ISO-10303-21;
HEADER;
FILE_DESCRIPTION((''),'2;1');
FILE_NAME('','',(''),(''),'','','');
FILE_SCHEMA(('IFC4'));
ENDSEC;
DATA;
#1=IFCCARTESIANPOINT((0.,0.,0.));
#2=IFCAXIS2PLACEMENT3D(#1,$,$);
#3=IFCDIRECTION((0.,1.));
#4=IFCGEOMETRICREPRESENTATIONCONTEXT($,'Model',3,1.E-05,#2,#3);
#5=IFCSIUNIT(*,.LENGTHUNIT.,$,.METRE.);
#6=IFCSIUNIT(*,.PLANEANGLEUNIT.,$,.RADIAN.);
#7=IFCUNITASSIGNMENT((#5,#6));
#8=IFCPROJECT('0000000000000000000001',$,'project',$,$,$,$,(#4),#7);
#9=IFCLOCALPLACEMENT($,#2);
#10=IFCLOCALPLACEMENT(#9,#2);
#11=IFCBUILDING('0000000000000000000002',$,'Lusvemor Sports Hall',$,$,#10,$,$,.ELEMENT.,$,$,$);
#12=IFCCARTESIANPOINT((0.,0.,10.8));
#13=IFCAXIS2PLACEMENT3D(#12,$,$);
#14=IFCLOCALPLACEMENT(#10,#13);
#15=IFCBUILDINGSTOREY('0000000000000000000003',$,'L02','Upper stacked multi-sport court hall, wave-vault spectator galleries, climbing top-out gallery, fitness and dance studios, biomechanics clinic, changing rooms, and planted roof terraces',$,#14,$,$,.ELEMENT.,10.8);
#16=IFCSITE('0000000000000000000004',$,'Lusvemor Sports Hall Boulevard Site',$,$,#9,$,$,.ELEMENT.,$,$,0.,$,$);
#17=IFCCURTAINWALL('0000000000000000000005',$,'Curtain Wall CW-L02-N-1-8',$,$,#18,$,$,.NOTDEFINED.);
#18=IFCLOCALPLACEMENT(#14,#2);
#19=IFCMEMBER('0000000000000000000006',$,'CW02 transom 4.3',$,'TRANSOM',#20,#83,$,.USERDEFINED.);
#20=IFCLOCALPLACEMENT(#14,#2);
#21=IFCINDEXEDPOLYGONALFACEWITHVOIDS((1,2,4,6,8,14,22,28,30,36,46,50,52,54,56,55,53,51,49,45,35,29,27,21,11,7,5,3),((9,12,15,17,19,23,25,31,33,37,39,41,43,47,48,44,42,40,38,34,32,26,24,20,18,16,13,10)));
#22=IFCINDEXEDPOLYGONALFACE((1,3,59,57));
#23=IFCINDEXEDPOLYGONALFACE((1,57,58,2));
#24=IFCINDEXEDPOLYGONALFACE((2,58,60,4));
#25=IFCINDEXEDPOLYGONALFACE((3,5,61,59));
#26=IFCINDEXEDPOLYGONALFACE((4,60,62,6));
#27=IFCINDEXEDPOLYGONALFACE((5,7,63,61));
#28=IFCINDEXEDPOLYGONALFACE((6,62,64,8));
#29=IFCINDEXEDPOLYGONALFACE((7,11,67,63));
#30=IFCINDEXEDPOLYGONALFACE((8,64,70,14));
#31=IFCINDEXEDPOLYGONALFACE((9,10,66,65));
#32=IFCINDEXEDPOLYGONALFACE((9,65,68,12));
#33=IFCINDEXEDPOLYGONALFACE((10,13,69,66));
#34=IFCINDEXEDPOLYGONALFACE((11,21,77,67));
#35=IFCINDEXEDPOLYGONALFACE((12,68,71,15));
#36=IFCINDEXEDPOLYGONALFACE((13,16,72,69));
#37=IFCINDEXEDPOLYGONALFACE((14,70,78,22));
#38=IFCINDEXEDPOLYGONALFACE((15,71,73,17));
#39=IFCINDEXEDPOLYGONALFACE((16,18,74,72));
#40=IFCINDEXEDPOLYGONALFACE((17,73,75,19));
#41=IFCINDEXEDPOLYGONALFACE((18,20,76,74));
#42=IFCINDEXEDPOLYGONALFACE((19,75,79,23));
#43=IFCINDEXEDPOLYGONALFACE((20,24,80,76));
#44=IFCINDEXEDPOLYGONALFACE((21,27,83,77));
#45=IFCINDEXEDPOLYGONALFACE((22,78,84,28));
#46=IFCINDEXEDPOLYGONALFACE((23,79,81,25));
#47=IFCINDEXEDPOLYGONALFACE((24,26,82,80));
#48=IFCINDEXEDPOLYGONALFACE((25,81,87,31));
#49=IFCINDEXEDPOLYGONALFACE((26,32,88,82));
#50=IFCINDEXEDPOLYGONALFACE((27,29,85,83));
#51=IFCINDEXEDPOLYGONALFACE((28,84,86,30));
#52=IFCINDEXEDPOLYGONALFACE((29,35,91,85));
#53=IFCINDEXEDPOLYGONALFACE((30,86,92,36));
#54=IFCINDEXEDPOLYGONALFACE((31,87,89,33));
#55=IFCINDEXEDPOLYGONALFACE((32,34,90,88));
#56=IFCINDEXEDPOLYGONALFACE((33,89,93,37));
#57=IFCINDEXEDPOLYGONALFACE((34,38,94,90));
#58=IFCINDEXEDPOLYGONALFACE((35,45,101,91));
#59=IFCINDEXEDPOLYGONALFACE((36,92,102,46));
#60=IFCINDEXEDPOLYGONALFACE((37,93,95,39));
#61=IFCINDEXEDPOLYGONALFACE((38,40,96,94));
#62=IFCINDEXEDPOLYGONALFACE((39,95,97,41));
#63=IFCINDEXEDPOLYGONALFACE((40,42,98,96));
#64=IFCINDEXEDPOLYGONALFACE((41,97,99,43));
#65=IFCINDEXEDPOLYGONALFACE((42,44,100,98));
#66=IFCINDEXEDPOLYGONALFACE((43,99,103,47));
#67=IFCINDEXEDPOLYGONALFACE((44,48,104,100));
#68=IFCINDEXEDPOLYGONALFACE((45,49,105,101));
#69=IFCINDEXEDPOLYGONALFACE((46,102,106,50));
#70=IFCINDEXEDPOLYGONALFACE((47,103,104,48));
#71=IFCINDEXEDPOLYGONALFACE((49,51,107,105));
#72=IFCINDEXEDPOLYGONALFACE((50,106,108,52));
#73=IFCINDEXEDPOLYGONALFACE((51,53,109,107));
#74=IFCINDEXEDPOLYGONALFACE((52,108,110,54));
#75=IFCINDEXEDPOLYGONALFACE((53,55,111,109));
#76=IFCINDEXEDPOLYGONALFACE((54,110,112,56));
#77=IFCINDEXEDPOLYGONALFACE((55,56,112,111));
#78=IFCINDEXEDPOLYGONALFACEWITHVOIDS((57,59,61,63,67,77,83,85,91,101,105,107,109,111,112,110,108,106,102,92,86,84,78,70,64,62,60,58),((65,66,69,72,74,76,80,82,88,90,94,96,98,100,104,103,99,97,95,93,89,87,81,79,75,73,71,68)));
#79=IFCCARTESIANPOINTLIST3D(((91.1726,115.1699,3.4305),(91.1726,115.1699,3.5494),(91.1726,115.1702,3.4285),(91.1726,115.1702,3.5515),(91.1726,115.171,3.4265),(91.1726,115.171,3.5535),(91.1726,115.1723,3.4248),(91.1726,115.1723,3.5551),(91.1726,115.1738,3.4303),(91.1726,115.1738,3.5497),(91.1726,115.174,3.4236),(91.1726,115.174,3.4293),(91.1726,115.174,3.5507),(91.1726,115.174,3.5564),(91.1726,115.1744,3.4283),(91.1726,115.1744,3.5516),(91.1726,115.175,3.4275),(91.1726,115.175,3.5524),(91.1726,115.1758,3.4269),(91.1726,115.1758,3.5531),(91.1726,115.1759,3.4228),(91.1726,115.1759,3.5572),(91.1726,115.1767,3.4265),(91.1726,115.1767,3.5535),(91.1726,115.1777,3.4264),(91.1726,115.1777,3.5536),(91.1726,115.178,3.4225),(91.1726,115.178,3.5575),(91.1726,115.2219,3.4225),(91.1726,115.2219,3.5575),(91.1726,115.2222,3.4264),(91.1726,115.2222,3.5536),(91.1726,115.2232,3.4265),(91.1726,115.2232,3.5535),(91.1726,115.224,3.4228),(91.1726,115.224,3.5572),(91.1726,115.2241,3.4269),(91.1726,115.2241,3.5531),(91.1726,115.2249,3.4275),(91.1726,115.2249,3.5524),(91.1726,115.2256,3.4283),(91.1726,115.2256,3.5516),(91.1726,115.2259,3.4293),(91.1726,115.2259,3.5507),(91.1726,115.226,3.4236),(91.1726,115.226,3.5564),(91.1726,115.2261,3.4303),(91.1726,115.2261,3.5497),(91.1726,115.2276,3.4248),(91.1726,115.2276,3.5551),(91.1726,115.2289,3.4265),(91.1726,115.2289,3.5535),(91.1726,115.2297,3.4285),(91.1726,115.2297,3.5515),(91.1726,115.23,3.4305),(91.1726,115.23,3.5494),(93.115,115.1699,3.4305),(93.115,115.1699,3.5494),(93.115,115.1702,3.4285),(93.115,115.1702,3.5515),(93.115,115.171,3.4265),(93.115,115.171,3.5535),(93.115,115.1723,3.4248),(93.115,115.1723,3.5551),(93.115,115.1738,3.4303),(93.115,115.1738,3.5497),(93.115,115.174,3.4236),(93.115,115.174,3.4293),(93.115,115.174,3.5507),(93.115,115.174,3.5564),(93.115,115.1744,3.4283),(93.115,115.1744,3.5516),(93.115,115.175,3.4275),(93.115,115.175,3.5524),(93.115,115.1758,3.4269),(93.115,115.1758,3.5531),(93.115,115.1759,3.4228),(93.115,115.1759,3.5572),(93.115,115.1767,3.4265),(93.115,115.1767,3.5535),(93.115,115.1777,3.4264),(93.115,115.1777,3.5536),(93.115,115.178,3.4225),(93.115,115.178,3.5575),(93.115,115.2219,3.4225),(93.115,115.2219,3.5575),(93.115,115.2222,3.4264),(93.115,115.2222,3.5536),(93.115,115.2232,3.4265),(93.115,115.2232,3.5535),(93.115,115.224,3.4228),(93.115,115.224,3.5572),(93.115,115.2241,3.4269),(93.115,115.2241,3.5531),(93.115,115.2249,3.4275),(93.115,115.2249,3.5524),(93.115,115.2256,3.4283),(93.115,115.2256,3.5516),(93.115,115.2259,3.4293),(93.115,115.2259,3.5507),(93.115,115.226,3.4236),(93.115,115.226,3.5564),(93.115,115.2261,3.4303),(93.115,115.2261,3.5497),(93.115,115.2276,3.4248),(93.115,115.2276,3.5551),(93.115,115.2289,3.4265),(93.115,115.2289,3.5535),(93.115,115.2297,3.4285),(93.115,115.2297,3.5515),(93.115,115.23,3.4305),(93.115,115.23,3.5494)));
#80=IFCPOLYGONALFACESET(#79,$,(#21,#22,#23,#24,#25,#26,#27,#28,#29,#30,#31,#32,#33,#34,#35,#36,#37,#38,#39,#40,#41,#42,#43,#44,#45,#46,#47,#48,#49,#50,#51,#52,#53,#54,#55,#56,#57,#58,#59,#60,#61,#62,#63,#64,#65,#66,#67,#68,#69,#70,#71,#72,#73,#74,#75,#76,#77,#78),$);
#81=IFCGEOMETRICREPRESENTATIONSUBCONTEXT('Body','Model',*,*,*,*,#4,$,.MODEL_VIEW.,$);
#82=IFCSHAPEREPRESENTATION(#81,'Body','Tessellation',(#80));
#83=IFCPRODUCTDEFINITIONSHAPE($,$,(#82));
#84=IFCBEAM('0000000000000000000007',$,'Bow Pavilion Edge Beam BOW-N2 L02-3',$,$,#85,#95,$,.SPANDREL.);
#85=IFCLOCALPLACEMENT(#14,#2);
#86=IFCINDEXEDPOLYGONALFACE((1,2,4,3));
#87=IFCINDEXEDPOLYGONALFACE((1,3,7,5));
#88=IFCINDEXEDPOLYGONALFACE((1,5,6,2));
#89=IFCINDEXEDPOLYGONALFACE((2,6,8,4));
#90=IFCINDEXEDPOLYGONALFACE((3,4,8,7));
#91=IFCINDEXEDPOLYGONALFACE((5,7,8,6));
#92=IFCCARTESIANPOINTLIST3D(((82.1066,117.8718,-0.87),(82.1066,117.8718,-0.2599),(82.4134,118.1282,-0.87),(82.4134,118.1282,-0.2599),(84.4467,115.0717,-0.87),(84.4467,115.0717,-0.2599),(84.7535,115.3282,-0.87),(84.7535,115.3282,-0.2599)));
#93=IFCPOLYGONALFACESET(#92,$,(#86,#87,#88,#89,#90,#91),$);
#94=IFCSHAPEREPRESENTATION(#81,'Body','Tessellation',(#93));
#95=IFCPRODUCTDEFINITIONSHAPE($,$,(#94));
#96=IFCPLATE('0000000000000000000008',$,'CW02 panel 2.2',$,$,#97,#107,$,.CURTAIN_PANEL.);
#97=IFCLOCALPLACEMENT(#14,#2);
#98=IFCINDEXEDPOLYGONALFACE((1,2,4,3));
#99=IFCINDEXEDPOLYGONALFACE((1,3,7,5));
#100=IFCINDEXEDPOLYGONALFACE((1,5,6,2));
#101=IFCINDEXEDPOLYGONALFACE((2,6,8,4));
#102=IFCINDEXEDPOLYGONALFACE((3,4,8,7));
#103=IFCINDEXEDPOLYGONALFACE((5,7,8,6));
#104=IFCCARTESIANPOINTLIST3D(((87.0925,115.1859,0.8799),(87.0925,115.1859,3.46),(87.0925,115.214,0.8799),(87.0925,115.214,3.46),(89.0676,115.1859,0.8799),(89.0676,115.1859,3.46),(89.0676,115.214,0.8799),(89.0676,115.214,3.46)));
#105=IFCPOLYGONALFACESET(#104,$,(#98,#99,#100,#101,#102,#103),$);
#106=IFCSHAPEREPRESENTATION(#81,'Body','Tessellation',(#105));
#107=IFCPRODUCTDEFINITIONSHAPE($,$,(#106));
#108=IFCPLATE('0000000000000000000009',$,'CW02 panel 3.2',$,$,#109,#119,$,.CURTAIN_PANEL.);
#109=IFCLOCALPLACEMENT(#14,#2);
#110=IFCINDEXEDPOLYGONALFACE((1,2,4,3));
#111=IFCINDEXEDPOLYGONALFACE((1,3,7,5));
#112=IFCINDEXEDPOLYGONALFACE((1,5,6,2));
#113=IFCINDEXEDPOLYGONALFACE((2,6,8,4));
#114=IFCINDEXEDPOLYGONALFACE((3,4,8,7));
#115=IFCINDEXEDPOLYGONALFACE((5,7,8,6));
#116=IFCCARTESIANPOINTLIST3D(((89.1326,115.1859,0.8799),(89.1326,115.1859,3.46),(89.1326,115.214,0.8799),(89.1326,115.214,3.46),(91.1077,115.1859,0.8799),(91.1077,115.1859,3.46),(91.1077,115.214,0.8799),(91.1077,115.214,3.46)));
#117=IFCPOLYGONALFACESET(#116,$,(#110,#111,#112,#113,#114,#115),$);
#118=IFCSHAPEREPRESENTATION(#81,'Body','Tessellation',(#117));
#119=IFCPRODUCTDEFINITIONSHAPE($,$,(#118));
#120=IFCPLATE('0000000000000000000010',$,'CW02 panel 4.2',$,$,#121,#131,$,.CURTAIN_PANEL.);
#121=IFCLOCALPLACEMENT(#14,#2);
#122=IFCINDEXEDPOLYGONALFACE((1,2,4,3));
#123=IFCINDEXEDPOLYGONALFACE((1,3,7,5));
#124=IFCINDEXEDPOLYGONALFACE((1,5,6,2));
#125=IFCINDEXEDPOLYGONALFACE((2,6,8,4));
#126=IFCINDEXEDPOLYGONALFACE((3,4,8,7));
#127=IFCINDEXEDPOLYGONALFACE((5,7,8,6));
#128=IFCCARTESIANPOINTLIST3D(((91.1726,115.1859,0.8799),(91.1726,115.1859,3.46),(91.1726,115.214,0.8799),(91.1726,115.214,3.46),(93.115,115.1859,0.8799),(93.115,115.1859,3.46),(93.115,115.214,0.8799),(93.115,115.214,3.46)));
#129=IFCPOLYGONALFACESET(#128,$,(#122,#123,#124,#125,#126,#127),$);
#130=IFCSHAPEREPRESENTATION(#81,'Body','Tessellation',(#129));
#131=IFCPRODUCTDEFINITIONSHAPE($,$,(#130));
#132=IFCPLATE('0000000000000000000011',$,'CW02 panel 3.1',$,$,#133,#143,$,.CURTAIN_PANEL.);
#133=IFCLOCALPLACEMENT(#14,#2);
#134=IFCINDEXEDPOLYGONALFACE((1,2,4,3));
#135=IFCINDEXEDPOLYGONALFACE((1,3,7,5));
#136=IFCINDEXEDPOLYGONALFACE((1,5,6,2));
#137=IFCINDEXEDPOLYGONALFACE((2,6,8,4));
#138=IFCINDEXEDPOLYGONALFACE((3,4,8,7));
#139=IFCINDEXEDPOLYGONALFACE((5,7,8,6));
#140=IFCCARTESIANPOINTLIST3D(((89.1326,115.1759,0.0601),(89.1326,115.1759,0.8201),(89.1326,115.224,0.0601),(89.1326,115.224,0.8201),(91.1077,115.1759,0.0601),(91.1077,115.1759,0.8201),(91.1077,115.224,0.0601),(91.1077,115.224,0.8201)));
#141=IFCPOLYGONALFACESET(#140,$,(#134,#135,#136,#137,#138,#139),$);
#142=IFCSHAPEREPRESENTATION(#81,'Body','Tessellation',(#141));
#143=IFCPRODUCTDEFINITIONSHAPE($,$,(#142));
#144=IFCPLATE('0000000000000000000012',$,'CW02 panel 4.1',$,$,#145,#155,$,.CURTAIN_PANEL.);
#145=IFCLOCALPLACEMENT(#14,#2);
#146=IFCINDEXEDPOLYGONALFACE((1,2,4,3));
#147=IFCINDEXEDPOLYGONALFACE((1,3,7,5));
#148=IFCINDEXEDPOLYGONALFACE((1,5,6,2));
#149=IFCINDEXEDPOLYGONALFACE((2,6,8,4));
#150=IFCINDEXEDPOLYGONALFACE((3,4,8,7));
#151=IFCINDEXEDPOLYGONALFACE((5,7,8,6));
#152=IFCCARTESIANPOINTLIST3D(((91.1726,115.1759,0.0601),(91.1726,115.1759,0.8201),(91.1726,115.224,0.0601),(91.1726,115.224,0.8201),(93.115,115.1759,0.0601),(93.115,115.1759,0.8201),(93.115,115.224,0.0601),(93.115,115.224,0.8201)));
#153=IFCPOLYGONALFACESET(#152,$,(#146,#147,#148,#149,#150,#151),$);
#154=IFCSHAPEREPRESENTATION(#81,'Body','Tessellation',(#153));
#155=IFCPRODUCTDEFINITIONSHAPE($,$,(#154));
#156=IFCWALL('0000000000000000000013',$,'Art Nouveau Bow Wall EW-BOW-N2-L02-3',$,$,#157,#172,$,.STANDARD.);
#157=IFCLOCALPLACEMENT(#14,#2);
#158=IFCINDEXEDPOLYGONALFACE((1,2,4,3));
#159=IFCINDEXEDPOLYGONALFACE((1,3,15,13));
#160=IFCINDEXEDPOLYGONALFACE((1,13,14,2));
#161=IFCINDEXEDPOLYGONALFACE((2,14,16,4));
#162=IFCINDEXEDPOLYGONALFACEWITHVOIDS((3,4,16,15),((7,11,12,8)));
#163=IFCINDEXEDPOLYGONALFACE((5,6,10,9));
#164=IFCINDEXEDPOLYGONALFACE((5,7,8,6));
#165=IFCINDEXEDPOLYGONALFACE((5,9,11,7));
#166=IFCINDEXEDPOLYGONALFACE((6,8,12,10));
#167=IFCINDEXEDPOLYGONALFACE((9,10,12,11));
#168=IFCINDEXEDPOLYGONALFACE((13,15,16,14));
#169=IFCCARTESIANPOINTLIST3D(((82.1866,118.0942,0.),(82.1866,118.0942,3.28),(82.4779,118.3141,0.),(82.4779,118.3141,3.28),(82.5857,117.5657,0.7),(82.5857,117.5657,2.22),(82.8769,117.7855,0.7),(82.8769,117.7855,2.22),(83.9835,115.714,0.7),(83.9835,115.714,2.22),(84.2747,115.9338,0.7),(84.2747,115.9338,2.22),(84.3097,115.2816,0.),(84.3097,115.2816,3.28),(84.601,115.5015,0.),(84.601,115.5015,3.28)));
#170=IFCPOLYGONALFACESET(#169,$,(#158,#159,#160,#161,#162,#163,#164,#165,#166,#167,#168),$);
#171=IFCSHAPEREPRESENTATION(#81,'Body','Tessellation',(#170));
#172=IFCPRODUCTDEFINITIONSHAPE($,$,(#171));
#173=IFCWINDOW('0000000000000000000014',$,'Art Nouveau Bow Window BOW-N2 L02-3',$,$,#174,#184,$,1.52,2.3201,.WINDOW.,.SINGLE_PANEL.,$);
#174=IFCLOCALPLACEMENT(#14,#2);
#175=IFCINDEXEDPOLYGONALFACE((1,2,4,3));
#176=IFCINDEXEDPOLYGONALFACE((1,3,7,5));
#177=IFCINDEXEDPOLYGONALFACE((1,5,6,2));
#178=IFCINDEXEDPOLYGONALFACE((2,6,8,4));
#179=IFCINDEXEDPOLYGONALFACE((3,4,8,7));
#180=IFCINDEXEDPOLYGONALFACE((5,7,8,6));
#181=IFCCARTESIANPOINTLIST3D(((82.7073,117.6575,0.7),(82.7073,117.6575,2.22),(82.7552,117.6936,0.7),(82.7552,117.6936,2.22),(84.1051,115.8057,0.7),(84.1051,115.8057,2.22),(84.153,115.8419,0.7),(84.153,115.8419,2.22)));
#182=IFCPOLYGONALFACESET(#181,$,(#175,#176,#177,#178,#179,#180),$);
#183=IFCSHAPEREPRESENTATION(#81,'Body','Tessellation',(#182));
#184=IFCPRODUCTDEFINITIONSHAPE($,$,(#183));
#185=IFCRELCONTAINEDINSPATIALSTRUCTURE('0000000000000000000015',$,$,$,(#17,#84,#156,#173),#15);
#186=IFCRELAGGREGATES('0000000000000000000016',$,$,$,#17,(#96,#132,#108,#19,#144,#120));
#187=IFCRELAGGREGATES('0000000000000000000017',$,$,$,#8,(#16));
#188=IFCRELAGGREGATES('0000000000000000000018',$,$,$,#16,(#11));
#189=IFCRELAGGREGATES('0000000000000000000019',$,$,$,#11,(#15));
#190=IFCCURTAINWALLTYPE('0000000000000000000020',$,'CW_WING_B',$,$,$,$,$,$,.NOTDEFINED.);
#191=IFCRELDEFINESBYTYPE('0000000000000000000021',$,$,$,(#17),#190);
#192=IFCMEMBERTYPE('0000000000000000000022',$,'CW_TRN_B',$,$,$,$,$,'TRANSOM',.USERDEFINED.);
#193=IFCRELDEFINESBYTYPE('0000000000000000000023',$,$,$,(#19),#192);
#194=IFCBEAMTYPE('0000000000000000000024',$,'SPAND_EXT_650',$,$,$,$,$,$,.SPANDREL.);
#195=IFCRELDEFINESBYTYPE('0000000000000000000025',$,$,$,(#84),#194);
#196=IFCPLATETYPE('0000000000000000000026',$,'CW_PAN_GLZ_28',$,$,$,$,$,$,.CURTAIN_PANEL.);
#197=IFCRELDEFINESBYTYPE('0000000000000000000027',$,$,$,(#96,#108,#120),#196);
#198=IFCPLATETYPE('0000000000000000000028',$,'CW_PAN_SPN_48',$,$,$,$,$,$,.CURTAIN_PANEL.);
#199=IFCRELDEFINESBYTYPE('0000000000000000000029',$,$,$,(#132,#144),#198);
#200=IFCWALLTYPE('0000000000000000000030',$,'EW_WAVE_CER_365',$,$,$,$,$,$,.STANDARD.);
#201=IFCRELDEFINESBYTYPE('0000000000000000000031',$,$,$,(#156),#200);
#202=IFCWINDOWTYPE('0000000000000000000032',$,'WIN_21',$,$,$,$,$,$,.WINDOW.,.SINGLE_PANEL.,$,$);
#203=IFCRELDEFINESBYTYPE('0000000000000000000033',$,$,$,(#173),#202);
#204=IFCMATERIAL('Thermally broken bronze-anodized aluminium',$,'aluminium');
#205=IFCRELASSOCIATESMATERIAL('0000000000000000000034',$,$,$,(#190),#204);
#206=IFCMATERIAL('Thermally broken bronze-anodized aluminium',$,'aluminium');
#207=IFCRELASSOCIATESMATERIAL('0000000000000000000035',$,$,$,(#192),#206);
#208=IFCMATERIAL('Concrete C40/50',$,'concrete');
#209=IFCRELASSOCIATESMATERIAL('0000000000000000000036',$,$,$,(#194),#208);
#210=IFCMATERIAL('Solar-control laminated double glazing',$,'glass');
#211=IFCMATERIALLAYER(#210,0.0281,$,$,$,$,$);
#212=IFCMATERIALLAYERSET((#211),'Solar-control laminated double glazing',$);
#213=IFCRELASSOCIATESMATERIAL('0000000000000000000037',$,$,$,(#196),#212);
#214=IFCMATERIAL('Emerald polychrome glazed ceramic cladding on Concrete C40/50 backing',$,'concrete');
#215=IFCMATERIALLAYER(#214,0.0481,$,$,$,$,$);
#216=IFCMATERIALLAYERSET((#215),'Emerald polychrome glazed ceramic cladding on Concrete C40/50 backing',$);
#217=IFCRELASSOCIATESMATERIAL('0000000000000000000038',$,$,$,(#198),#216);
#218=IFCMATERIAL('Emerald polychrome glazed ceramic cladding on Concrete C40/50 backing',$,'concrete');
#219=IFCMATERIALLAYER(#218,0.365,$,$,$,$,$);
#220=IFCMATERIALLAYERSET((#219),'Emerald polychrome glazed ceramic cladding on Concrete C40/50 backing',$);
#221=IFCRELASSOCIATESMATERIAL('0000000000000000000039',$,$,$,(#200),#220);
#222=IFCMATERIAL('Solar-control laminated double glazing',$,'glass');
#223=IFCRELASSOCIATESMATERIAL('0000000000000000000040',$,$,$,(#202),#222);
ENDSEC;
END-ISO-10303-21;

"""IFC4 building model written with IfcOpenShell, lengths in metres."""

from ifc_helpers import new_model, si_unit, direction, frame, frame_2d, origin, origin_2d, place, context, subcontext, project, spatial, rectangle, hollow_rectangle, extrude, material, layer, layer_set, material_profile, profile_set, type_object, element, fill, aggregate, save


model = new_model("IFC4")

# Units and contexts
model_context = context("Model", 3, precision=1e-05, world=origin(), true_north=direction((0.0, 1.0)))
body_context = subcontext(model_context, "Body", "Model", "MODEL_VIEW")
ifc_project = project(units=[si_unit("LENGTHUNIT", "METRE"), si_unit("PLANEANGLEUNIT", "RADIAN")], contexts=[model_context])

# Site, building, storey
site_placement = place(None, origin())
site = spatial("IfcSite", under=ifc_project, at=site_placement, Name="Lusvemor Sports Hall Boulevard Site", CompositionType="ELEMENT", RefElevation=0.0)
building_placement = place(site_placement, origin())
building = spatial("IfcBuilding", under=site, at=building_placement, Name="Lusvemor Sports Hall", CompositionType="ELEMENT")
storey_placement = place(building_placement, frame((0.0, 0.0, 10.8)))
storey = spatial("IfcBuildingStorey", under=building, at=storey_placement, Name="L02", Description="Upper stacked multi-sport court hall, wave-vault spectator galleries, climbing top-out gallery, fitness and dance studios, biomechanics clinic, changing rooms, and planted roof terraces", CompositionType="ELEMENT", Elevation=10.8)

# Curtain wall, member
ifc_material_1 = material(Name="Thermally broken bronze-anodized aluminium", Category="aluminium")
curtain_wall_type = type_object("IfcCurtainWallType", Name="CW_WING_B", PredefinedType="NOTDEFINED", material=ifc_material_1)
curtain_wall_placement = place(storey_placement, origin())
curtain_wall = element("IfcCurtainWall", 1, at=curtain_wall_placement, inside=storey, type_object=curtain_wall_type, Name="Curtain Wall CW-L02-N-1-8", PredefinedType="NOTDEFINED")
ifc_material_2 = material(Name="Thermally broken bronze-anodized aluminium", Category="aluminium")
ifc_material_profile_1 = material_profile(ifc_material_2, hollow_rectangle(XDim=0.0601, YDim=0.135, WallThickness=0.0039, InnerFilletRadius=0.0039, OuterFilletRadius=0.0081, at=origin_2d()), Name="CWTRN135x60x4")
ifc_profile_set_1 = profile_set([ifc_material_profile_1], Name="Thermally broken bronze-anodized aluminium")
member_type_1 = type_object("IfcMemberType", Name="CW_TRN_B", ElementType="TRANSOM", PredefinedType="USERDEFINED", material=ifc_profile_set_1)
member_1_placement = place(storey_placement, frame((91.1726, 115.2, 3.49), z_axis=(1.0, 0.0, 0.0), x_axis=(0.0, 1.0, 0.0)))
member_1 = element("IfcMember", 2, at=member_1_placement, type_object=member_type_1, Name="CW02 transom 4.3", ObjectType="TRANSOM", PredefinedType="USERDEFINED", context=body_context, shape_type="SweptSolid", body=[
    extrude(hollow_rectangle(XDim=0.0601, YDim=0.135, WallThickness=0.0039, InnerFilletRadius=0.0039, OuterFilletRadius=0.0081, at=origin_2d()), origin(), (0.0, 0.0, 1.0), 1.9424),
])

# Beam
ifc_material_3 = material(Name="Concrete C40/50", Category="concrete")
ifc_material_profile_2 = material_profile(ifc_material_3, rectangle(XDim=0.3999, YDim=0.6101, at=origin_2d()), Name="RC400x610")
ifc_profile_set_2 = profile_set([ifc_material_profile_2], Name="Concrete C40/50")
beam_type = type_object("IfcBeamType", Name="SPAND_EXT_650", PredefinedType="SPANDREL", material=ifc_profile_set_2)
beam_placement = place(storey_placement, frame((82.26, 118.0, -0.5649), z_axis=(0.64127, -0.767316, 0.0), x_axis=(0.767316, 0.64127, 0.0)))
element("IfcBeam", 3, at=beam_placement, inside=storey, type_object=beam_type, Name="Bow Pavilion Edge Beam BOW-N2 L02-3", PredefinedType="SPANDREL", context=body_context, shape_type="SweptSolid", body=[
    extrude(rectangle(XDim=0.3999, YDim=0.6101, at=origin_2d()), origin(), (0.0, 0.0, 1.0), 3.6492),
])

# Plates
ifc_material_4 = material(Name="Solar-control laminated double glazing", Category="glass")
ifc_layer_1 = layer(ifc_material_4, 0.0281)
ifc_layer_set_1 = layer_set([ifc_layer_1], Name="Solar-control laminated double glazing")
plate_type_1 = type_object("IfcPlateType", Name="CW_PAN_GLZ_28", PredefinedType="CURTAIN_PANEL", material=ifc_layer_set_1)
plate_1_placement = place(storey_placement, frame((88.0801, 115.2, 0.8799), z_axis=(0.0, 0.0, 1.0), x_axis=(1.0, 0.0, 0.0)))
plate_1 = element("IfcPlate", 4, at=plate_1_placement, type_object=plate_type_1, Name="CW02 panel 2.2", PredefinedType="CURTAIN_PANEL", context=body_context, shape_type="SweptSolid", body=[
    extrude(rectangle(XDim=1.9751, YDim=0.0281, at=origin_2d()), origin(), (0.0, 0.0, 1.0), 2.5801),
])
plate_2_placement = place(storey_placement, frame((90.1201, 115.2, 0.8799), z_axis=(0.0, 0.0, 1.0), x_axis=(1.0, 0.0, 0.0)))
plate_2 = element("IfcPlate", 5, at=plate_2_placement, type_object=plate_type_1, Name="CW02 panel 3.2", PredefinedType="CURTAIN_PANEL", context=body_context, shape_type="SweptSolid", body=[
    extrude(rectangle(XDim=1.9751, YDim=0.0281, at=origin_2d()), origin(), (0.0, 0.0, 1.0), 2.5801),
])
plate_3_placement = place(storey_placement, frame((92.1438, 115.2, 0.8799), z_axis=(0.0, 0.0, 1.0), x_axis=(1.0, 0.0, 0.0)))
plate_3 = element("IfcPlate", 6, at=plate_3_placement, type_object=plate_type_1, Name="CW02 panel 4.2", PredefinedType="CURTAIN_PANEL", context=body_context, shape_type="SweptSolid", body=[
    extrude(rectangle(XDim=1.9424, YDim=0.0281, at=origin_2d()), origin(), (0.0, 0.0, 1.0), 2.5801),
])
ifc_material_5 = material(Name="Emerald polychrome glazed ceramic cladding on Concrete C40/50 backing", Category="concrete")
ifc_layer_2 = layer(ifc_material_5, 0.0481)
ifc_layer_set_2 = layer_set([ifc_layer_2], Name="Emerald polychrome glazed ceramic cladding on Concrete C40/50 backing")
plate_type_2 = type_object("IfcPlateType", Name="CW_PAN_SPN_48", PredefinedType="CURTAIN_PANEL", material=ifc_layer_set_2)
plate_4_placement = place(storey_placement, frame((90.1201, 115.2, 0.0601), z_axis=(0.0, 0.0, 1.0), x_axis=(1.0, 0.0, 0.0)))
plate_4 = element("IfcPlate", 7, at=plate_4_placement, type_object=plate_type_2, Name="CW02 panel 3.1", PredefinedType="CURTAIN_PANEL", context=body_context, shape_type="SweptSolid", body=[
    extrude(rectangle(XDim=1.9751, YDim=0.0481, at=origin_2d()), origin(), (0.0, 0.0, 1.0), 0.76),
])
plate_5_placement = place(storey_placement, frame((92.1438, 115.2, 0.0601), z_axis=(0.0, 0.0, 1.0), x_axis=(1.0, 0.0, 0.0)))
plate_5 = element("IfcPlate", 8, at=plate_5_placement, type_object=plate_type_2, Name="CW02 panel 4.1", PredefinedType="CURTAIN_PANEL", context=body_context, shape_type="SweptSolid", body=[
    extrude(rectangle(XDim=1.9424, YDim=0.0481, at=origin_2d()), origin(), (0.0, 0.0, 1.0), 0.76),
])
aggregate(curtain_wall, [plate_1, plate_4, plate_2, member_1, plate_5, plate_3])

# Wall, opening, window
ifc_material_6 = material(Name="Emerald polychrome glazed ceramic cladding on Concrete C40/50 backing", Category="concrete")
ifc_layer_3 = layer(ifc_material_6, 0.365)
ifc_layer_set_3 = layer_set([ifc_layer_3], Name="Emerald polychrome glazed ceramic cladding on Concrete C40/50 backing")
wall_type = type_object("IfcWallType", Name="EW_WAVE_CER_365", PredefinedType="STANDARD", material=ifc_layer_set_3)
wall_placement = place(storey_placement, frame((82.3323, 118.2041, 0.0), z_axis=(0.0, 0.0, 1.0), x_axis=(0.60248, -0.798134, 0.0)))
wall = element("IfcWall", 9, at=wall_placement, inside=storey, type_object=wall_type, Name="Art Nouveau Bow Wall EW-BOW-N2-L02-3", PredefinedType="STANDARD", context=body_context, shape_type="SweptSolid", body=[
    extrude(rectangle(XDim=3.5239, YDim=0.365, at=frame_2d((1.762, 0.0))), origin(), (0.0, 0.0, 1.0), 3.28),
])
opening_placement = place(wall_placement, frame((0.6621, 0.0, 0.7)))
opening = element("IfcOpeningElement", 10, at=opening_placement, cuts=wall, PredefinedType="OPENING", context=body_context, shape_type="SweptSolid", body=[
    extrude(rectangle(XDim=2.3201, YDim=1.52, at=frame_2d((1.1602, 0.76))), frame((0.0, 0.1826, 0.0), z_axis=(0.0, -1.0, 0.0), x_axis=(1.0, 0.0, 0.0)), (0.0, 0.0, 1.0), 0.365),
])
ifc_material_7 = material(Name="Solar-control laminated double glazing", Category="glass")
window_type = type_object("IfcWindowType", Name="WIN_21", PartitioningType="SINGLE_PANEL", PredefinedType="WINDOW", material=ifc_material_7)
window_placement = place(opening_placement, origin())
window = element("IfcWindow", 11, at=window_placement, inside=storey, type_object=window_type, Name="Art Nouveau Bow Window BOW-N2 L02-3", OverallHeight=1.52, OverallWidth=2.3201, PartitioningType="SINGLE_PANEL", PredefinedType="WINDOW", context=body_context, shape_type="SweptSolid", body=[
    extrude(rectangle(XDim=2.3201, YDim=1.52, at=frame_2d((1.1602, 0.76))), frame((0.0, 0.03, 0.0), z_axis=(0.0, -1.0, 0.0), x_axis=(1.0, 0.0, 0.0)), (0.0, 0.0, 1.0), 0.0601),
])
fill(opening, window)

save(model, "model.ifc")
